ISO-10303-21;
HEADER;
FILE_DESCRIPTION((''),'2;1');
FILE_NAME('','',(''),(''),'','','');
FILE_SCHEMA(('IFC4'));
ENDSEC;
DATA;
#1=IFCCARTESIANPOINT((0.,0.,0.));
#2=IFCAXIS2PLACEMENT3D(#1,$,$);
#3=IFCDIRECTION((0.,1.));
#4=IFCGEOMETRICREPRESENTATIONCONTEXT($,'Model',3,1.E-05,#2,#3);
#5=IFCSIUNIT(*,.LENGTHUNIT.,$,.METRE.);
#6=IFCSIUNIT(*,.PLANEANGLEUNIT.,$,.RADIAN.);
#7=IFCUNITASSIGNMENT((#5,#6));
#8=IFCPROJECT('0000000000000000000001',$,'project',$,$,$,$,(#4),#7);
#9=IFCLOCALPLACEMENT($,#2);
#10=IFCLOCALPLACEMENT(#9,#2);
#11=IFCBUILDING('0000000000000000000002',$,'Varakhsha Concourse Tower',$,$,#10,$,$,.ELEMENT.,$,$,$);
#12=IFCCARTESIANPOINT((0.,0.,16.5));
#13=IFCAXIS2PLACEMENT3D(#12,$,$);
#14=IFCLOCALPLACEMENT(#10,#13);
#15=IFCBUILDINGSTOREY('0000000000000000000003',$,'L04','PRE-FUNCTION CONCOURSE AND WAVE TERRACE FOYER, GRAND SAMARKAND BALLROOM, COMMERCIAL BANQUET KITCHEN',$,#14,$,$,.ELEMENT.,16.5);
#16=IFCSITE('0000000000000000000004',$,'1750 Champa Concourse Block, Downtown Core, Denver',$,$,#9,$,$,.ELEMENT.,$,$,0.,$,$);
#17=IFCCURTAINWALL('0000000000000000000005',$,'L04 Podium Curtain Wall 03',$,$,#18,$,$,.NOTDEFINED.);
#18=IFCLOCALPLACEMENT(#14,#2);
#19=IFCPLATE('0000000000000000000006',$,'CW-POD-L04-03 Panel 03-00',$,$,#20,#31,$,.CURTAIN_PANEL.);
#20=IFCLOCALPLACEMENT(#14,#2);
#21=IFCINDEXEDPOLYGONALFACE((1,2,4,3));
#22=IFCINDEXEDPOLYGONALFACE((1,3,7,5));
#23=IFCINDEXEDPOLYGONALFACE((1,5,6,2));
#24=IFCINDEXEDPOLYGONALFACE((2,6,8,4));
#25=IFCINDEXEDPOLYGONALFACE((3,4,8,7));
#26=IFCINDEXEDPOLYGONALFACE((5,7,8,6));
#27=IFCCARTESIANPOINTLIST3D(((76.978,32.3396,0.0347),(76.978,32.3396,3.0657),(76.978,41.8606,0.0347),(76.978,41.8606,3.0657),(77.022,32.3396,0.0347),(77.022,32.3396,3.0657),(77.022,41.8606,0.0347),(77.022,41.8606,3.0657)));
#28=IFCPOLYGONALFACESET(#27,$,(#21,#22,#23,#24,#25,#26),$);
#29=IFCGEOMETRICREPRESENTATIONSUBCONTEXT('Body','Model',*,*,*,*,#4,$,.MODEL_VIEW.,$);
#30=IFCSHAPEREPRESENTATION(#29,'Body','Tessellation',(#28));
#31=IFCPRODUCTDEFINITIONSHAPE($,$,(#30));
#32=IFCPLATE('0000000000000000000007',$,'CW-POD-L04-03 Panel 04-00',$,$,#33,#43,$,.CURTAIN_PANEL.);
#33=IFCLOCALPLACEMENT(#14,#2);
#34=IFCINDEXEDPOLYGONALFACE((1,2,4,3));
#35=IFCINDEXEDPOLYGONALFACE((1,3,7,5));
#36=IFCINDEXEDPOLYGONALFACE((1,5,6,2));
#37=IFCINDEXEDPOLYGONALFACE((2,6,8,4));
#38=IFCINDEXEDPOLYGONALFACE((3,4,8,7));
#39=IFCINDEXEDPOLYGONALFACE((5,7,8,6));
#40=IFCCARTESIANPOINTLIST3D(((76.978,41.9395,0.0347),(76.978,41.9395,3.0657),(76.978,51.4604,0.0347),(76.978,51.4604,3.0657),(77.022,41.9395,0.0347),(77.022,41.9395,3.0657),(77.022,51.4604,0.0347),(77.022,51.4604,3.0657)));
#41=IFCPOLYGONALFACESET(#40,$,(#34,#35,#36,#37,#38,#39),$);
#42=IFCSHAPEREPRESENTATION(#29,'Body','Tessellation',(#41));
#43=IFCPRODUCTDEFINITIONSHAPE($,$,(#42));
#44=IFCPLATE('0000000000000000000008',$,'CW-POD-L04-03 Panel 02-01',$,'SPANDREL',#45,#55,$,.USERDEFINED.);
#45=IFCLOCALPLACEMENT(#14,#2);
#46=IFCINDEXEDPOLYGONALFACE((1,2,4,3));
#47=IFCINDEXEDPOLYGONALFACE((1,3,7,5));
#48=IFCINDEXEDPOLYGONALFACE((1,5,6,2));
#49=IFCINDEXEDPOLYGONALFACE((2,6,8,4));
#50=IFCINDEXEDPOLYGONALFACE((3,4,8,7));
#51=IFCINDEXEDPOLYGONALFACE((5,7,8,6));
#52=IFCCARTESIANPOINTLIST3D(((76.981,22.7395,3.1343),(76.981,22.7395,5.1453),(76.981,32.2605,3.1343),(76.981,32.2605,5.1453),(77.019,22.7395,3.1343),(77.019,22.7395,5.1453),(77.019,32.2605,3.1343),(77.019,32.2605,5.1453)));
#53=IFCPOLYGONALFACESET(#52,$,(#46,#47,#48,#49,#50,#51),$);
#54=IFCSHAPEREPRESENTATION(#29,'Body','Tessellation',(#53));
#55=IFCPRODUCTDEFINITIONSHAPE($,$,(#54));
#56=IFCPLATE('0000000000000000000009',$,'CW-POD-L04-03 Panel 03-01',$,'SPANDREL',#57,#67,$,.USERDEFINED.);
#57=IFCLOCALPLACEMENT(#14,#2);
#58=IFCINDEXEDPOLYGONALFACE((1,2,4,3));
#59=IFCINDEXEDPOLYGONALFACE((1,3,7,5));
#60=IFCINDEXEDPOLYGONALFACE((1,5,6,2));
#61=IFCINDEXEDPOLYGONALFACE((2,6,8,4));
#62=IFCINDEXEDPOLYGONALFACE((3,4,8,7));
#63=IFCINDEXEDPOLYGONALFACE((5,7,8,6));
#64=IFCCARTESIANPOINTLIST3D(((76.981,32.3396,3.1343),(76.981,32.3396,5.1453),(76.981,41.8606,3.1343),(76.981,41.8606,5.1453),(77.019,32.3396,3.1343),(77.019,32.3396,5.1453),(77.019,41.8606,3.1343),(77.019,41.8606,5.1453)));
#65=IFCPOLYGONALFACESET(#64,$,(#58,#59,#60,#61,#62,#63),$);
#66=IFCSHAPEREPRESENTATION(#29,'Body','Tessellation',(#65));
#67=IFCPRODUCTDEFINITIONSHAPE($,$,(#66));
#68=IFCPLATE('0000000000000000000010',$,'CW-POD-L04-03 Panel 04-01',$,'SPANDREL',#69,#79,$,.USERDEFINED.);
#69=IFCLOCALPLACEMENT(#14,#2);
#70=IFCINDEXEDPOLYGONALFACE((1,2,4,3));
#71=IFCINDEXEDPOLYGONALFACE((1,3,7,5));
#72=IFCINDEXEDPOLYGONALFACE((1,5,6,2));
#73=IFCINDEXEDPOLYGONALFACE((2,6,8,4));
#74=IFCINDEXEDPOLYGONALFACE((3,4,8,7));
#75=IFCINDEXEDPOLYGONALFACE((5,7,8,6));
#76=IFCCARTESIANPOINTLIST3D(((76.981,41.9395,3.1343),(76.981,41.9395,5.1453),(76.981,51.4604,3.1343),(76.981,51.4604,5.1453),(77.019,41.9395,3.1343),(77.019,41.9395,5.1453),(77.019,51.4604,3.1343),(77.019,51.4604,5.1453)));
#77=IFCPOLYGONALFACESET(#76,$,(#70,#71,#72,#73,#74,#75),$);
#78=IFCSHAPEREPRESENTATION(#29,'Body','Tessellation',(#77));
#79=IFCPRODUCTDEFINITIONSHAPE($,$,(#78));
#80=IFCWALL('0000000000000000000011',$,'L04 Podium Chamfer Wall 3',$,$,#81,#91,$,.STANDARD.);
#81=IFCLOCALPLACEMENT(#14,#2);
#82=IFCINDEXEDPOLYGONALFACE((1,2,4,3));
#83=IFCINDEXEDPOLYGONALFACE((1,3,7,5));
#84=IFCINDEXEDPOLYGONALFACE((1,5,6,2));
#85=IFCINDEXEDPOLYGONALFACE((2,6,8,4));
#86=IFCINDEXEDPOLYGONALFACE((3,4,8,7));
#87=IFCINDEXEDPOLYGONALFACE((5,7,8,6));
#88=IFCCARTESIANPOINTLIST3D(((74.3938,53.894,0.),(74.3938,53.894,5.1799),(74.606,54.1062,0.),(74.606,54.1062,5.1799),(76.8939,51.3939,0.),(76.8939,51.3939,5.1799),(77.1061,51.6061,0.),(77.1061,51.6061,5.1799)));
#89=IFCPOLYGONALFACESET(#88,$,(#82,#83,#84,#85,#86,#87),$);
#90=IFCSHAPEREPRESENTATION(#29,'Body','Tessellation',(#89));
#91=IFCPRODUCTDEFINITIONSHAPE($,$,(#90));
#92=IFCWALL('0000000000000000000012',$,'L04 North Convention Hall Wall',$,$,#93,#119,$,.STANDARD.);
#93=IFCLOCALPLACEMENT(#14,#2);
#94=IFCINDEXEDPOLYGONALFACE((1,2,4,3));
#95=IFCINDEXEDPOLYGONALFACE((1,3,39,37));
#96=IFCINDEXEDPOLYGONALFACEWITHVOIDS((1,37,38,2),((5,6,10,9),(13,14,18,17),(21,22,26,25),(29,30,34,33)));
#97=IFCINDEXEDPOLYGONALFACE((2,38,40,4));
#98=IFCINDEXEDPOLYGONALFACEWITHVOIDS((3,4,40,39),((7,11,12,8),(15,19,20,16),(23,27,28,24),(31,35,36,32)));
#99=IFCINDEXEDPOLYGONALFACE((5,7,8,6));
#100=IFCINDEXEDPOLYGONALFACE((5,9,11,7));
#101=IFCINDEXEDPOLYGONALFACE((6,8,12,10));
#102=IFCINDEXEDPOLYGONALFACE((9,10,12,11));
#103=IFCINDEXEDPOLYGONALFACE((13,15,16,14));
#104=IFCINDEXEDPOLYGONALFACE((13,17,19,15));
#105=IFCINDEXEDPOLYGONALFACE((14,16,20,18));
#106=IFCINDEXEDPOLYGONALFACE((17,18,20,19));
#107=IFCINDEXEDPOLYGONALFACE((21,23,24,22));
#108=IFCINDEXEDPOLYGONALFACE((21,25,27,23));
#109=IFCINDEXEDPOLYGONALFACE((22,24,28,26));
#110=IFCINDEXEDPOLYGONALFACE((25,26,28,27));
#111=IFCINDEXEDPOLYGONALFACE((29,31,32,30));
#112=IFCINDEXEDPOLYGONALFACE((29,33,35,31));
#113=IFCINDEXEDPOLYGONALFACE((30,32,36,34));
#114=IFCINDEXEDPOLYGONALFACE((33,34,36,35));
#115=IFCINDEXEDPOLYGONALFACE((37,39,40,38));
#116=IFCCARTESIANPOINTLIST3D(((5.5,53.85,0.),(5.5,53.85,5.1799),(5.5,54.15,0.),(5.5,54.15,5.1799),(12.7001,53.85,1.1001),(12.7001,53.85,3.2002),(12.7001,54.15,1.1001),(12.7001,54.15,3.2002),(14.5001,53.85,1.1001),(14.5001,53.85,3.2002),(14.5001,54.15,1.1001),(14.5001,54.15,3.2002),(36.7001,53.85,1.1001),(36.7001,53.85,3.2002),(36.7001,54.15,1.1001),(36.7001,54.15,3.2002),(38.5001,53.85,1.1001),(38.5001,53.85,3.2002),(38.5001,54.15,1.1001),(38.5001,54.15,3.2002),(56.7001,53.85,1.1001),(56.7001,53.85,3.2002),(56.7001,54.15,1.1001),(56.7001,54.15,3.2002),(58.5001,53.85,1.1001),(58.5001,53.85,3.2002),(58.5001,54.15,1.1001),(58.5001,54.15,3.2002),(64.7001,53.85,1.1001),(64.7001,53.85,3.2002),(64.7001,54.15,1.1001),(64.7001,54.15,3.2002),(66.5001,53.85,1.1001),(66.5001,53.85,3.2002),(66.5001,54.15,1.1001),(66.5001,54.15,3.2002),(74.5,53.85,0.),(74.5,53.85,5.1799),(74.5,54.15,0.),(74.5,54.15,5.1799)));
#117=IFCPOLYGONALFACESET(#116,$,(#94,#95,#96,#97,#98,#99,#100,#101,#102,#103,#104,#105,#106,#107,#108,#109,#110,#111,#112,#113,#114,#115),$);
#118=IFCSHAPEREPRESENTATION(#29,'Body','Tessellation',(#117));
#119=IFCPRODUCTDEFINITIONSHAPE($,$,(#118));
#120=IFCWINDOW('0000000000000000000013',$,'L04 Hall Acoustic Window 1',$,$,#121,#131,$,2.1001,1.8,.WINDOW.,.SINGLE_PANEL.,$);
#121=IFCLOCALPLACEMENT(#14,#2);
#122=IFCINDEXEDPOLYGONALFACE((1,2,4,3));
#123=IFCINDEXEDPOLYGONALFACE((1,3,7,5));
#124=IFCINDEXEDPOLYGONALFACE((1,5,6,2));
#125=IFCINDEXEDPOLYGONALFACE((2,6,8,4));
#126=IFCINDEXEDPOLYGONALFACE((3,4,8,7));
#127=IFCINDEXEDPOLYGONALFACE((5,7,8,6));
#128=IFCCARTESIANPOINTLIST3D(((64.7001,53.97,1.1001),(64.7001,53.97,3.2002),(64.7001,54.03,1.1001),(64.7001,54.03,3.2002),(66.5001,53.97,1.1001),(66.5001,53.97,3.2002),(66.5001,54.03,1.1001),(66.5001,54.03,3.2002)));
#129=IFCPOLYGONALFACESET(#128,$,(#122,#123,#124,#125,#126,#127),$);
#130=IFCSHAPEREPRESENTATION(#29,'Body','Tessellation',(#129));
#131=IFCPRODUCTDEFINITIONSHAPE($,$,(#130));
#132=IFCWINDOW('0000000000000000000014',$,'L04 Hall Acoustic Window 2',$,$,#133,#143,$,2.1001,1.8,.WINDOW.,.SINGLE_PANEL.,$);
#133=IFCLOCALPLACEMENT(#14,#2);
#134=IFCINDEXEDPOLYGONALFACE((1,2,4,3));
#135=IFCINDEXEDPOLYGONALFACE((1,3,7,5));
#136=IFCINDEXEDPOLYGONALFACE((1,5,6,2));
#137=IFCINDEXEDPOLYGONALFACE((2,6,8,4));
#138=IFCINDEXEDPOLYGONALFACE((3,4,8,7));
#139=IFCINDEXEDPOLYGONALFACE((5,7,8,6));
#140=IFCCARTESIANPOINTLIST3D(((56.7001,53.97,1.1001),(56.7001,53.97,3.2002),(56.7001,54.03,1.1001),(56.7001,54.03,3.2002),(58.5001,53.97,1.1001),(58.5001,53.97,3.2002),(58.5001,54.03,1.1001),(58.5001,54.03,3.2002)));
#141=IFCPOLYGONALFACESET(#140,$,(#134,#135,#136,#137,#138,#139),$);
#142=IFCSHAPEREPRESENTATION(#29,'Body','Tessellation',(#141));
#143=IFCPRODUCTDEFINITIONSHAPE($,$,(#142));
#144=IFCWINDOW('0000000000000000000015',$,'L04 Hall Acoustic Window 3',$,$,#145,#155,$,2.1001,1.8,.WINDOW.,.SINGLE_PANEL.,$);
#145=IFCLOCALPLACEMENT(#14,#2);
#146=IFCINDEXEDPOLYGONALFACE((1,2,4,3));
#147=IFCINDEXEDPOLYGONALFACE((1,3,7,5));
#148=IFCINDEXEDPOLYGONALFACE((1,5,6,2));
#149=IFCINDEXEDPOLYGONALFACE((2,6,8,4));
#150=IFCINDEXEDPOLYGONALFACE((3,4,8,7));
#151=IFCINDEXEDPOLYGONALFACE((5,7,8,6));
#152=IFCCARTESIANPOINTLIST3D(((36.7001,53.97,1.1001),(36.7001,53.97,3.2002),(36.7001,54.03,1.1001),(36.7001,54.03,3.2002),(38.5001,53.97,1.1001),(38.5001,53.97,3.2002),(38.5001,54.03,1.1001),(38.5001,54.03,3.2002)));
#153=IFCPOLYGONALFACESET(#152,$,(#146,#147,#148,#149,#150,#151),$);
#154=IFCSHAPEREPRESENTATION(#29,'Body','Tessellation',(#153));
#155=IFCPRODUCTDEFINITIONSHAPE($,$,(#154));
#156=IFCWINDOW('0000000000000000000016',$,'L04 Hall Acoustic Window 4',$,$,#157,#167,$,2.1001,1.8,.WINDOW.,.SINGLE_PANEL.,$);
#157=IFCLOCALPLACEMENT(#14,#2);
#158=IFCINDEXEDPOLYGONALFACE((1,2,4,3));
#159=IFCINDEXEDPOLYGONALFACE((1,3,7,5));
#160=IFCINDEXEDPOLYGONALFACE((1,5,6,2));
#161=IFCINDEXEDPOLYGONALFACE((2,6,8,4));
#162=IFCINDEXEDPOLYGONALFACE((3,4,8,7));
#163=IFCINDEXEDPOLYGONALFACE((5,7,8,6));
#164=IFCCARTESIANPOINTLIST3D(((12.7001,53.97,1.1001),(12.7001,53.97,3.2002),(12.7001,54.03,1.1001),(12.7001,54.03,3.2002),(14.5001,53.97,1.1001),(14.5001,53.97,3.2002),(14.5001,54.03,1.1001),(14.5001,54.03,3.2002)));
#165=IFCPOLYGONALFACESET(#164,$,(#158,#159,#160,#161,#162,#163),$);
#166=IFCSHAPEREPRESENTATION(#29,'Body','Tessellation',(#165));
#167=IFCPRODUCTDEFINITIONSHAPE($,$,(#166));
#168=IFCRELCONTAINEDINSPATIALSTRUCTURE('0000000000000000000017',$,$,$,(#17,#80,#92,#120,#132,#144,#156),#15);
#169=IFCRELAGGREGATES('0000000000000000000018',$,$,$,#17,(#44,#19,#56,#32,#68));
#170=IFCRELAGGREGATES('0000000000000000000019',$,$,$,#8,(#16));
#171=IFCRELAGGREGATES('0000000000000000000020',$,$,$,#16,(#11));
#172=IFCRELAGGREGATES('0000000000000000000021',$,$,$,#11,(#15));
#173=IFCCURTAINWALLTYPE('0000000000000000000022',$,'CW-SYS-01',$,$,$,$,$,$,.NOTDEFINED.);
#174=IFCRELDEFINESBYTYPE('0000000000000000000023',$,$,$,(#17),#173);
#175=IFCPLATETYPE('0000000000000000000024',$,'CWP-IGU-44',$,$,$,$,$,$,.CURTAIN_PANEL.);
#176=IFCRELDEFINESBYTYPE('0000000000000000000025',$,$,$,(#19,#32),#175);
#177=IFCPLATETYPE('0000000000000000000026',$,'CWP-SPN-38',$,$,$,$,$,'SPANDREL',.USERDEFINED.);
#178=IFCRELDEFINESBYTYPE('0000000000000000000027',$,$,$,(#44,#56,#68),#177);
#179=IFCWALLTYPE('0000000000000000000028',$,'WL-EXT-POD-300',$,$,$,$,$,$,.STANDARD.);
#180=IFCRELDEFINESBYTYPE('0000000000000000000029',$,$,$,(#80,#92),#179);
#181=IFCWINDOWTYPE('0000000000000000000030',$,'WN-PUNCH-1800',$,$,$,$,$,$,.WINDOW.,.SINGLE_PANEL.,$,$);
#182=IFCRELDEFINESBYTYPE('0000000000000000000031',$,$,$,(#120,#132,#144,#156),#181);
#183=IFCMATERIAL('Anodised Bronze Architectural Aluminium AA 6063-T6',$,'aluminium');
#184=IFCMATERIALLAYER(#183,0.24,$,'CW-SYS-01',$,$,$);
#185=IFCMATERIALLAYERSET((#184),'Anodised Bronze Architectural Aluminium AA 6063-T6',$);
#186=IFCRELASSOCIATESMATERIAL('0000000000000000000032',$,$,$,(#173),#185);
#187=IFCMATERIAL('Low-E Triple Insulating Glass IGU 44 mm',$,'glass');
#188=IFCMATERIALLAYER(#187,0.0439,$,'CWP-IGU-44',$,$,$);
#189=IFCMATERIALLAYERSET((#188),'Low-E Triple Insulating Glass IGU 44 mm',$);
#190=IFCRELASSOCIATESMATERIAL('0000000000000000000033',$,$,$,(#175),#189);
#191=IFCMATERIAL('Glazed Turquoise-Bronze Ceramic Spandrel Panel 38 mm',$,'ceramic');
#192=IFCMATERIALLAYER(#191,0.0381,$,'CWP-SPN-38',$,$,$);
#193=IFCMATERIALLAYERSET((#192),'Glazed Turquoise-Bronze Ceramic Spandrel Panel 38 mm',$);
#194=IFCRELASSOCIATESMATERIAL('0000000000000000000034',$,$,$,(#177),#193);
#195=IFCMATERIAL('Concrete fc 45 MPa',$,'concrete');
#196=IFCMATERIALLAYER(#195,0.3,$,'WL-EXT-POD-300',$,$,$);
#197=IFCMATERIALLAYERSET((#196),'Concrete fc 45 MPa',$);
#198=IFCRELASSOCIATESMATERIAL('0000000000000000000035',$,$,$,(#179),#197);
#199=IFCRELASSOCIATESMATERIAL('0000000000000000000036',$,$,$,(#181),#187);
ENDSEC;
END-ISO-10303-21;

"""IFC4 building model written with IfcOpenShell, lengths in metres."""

from ifc_helpers import new_model, si_unit, direction, frame, frame_2d, origin, origin_2d, place, context, subcontext, project, spatial, rectangle, extrude, source, transform, mapped, material, layer, layer_set, type_object, type_shapes, element, fill, aggregate, save


model = new_model("IFC4")

# Units and contexts
model_context = context("Model", 3, precision=1e-05, world=origin(), true_north=direction((0.0, 1.0)))
body_context = subcontext(model_context, "Body", "Model", "MODEL_VIEW")
ifc_project = project(units=[si_unit("LENGTHUNIT", "METRE"), si_unit("PLANEANGLEUNIT", "RADIAN")], contexts=[model_context])

# Site, building, storey
site_placement = place(None, origin())
site = spatial("IfcSite", under=ifc_project, at=site_placement, Name="1750 Champa Concourse Block, Downtown Core, Denver", CompositionType="ELEMENT", RefElevation=0.0)
building_placement = place(site_placement, origin())
building = spatial("IfcBuilding", under=site, at=building_placement, Name="Varakhsha Concourse Tower", CompositionType="ELEMENT")
storey_placement = place(building_placement, frame((0.0, 0.0, 16.5)))
storey = spatial("IfcBuildingStorey", under=building, at=storey_placement, Name="L04", Description="PRE-FUNCTION CONCOURSE AND WAVE TERRACE FOYER, GRAND SAMARKAND BALLROOM, COMMERCIAL BANQUET KITCHEN", CompositionType="ELEMENT", Elevation=16.5)

# Curtain wall, plates
ifc_material_1 = material(Name="Anodised Bronze Architectural Aluminium AA 6063-T6", Category="aluminium")
ifc_layer_1 = layer(ifc_material_1, 0.24, Name="CW-SYS-01")
ifc_layer_set_1 = layer_set([ifc_layer_1], Name="Anodised Bronze Architectural Aluminium AA 6063-T6")
curtain_wall_type = type_object("IfcCurtainWallType", Name="CW-SYS-01", PredefinedType="NOTDEFINED", material=ifc_layer_set_1)
curtain_wall_placement = place(storey_placement, origin())
curtain_wall = element("IfcCurtainWall", 1, at=curtain_wall_placement, inside=storey, type_object=curtain_wall_type, Name="L04 Podium Curtain Wall 03", PredefinedType="NOTDEFINED")
ifc_material_2 = material(Name="Low-E Triple Insulating Glass IGU 44 mm", Category="glass")
ifc_layer_2 = layer(ifc_material_2, 0.0439, Name="CWP-IGU-44")
ifc_layer_set_2 = layer_set([ifc_layer_2], Name="Low-E Triple Insulating Glass IGU 44 mm")
plate_type_1 = type_object("IfcPlateType", Name="CWP-IGU-44", PredefinedType="CURTAIN_PANEL", material=ifc_layer_set_2)
shared_shape_1 = source(origin(), body_context, "Body", "SweptSolid", [
    extrude(rectangle(XDim=9.521, YDim=0.0439, at=origin_2d()), origin(), (0.0, 0.0, 1.0), 3.031),
])
type_shapes(plate_type_1, [shared_shape_1])
plate_1_placement = place(storey_placement, frame((77.0, 37.1001, 0.0347), z_axis=(0.0, 0.0, 1.0), x_axis=(0.0, 1.0, 0.0)))
plate_1 = element("IfcPlate", 2, at=plate_1_placement, type_object=plate_type_1, Name="CW-POD-L04-03 Panel 03-00", PredefinedType="CURTAIN_PANEL", context=body_context, shape_type="MappedRepresentation", body=[
    mapped(shared_shape_1, transform((0.0, 0.0, 0.0), scale=1.0)),
])
plate_2_placement = place(storey_placement, frame((77.0, 46.7, 0.0347), z_axis=(0.0, 0.0, 1.0), x_axis=(0.0, 1.0, 0.0)))
plate_2 = element("IfcPlate", 3, at=plate_2_placement, type_object=plate_type_1, Name="CW-POD-L04-03 Panel 04-00", PredefinedType="CURTAIN_PANEL", context=body_context, shape_type="MappedRepresentation", body=[
    mapped(shared_shape_1, transform((0.0, 0.0, 0.0), scale=1.0)),
])
ifc_material_3 = material(Name="Glazed Turquoise-Bronze Ceramic Spandrel Panel 38 mm", Category="ceramic")
ifc_layer_3 = layer(ifc_material_3, 0.0381, Name="CWP-SPN-38")
ifc_layer_set_3 = layer_set([ifc_layer_3], Name="Glazed Turquoise-Bronze Ceramic Spandrel Panel 38 mm")
plate_type_2 = type_object("IfcPlateType", Name="CWP-SPN-38", ElementType="SPANDREL", PredefinedType="USERDEFINED", material=ifc_layer_set_3)
shared_shape_2 = source(origin(), body_context, "Body", "SweptSolid", [
    extrude(rectangle(XDim=9.521, YDim=0.0381, at=origin_2d()), origin(), (0.0, 0.0, 1.0), 2.011),
])
type_shapes(plate_type_2, [shared_shape_2])
plate_3_placement = place(storey_placement, frame((77.0, 27.5, 3.1343), z_axis=(0.0, 0.0, 1.0), x_axis=(0.0, 1.0, 0.0)))
plate_3 = element("IfcPlate", 4, at=plate_3_placement, type_object=plate_type_2, Name="CW-POD-L04-03 Panel 02-01", ObjectType="SPANDREL", PredefinedType="USERDEFINED", context=body_context, shape_type="MappedRepresentation", body=[
    mapped(shared_shape_2, transform((0.0, 0.0, 0.0), scale=1.0)),
])
plate_4_placement = place(storey_placement, frame((77.0, 37.1001, 3.1343), z_axis=(0.0, 0.0, 1.0), x_axis=(0.0, 1.0, 0.0)))
plate_4 = element("IfcPlate", 5, at=plate_4_placement, type_object=plate_type_2, Name="CW-POD-L04-03 Panel 03-01", ObjectType="SPANDREL", PredefinedType="USERDEFINED", context=body_context, shape_type="MappedRepresentation", body=[
    mapped(shared_shape_2, transform((0.0, 0.0, 0.0), scale=1.0)),
])
plate_5_placement = place(storey_placement, frame((77.0, 46.7, 3.1343), z_axis=(0.0, 0.0, 1.0), x_axis=(0.0, 1.0, 0.0)))
plate_5 = element("IfcPlate", 6, at=plate_5_placement, type_object=plate_type_2, Name="CW-POD-L04-03 Panel 04-01", ObjectType="SPANDREL", PredefinedType="USERDEFINED", context=body_context, shape_type="MappedRepresentation", body=[
    mapped(shared_shape_2, transform((0.0, 0.0, 0.0), scale=1.0)),
])
aggregate(curtain_wall, [plate_3, plate_1, plate_4, plate_2, plate_5])

# Wall
ifc_material_4 = material(Name="Concrete fc 45 MPa", Category="concrete")
ifc_layer_4 = layer(ifc_material_4, 0.3, Name="WL-EXT-POD-300")
ifc_layer_set_4 = layer_set([ifc_layer_4], Name="Concrete fc 45 MPa")
wall_type_1 = type_object("IfcWallType", Name="WL-EXT-POD-300", PredefinedType="STANDARD", material=ifc_layer_set_4)
wall_1_placement = place(storey_placement, frame((77.0, 51.5, 0.0), z_axis=(0.0, 0.0, 1.0), x_axis=(-0.707107, 0.707107, 0.0)))
element("IfcWall", 7, at=wall_1_placement, inside=storey, type_object=wall_type_1, Name="L04 Podium Chamfer Wall 3", PredefinedType="STANDARD", context=body_context, shape_type="SweptSolid", body=[
    extrude(rectangle(XDim=3.5356, YDim=0.3, at=frame_2d((1.7678, 0.0))), origin(), (0.0, 0.0, 1.0), 5.1799),
])

# Wall, openings, windows
wall_2_placement = place(storey_placement, frame((74.5, 54.0, 0.0), z_axis=(0.0, 0.0, 1.0), x_axis=(-1.0, 0.0, 0.0)))
wall_2 = element("IfcWall", 8, at=wall_2_placement, inside=storey, type_object=wall_type_1, Name="L04 North Convention Hall Wall", PredefinedType="STANDARD", context=body_context, shape_type="SweptSolid", body=[
    extrude(rectangle(XDim=69.0, YDim=0.3, at=frame_2d((34.5, 0.0))), origin(), (0.0, 0.0, 1.0), 5.1799),
])
opening_1_placement = place(wall_2_placement, frame((8.0, 0.0, 1.1001)))
opening_1 = element("IfcOpeningElement", 9, at=opening_1_placement, cuts=wall_2, PredefinedType="OPENING", context=body_context, shape_type="SweptSolid", body=[
    extrude(rectangle(XDim=1.8, YDim=2.1001, at=frame_2d((0.8999, 1.05))), frame((0.0, 0.1599, 0.0), z_axis=(0.0, -1.0, 0.0), x_axis=(1.0, 0.0, 0.0)), (0.0, 0.0, 1.0), 0.3201),
])
opening_2_placement = place(wall_2_placement, frame((16.0, 0.0, 1.1001)))
opening_2 = element("IfcOpeningElement", 10, at=opening_2_placement, cuts=wall_2, PredefinedType="OPENING", context=body_context, shape_type="SweptSolid", body=[
    extrude(rectangle(XDim=1.8, YDim=2.1001, at=frame_2d((0.8999, 1.05))), frame((0.0, 0.1599, 0.0), z_axis=(0.0, -1.0, 0.0), x_axis=(1.0, 0.0, 0.0)), (0.0, 0.0, 1.0), 0.3201),
])
opening_3_placement = place(wall_2_placement, frame((36.0, 0.0, 1.1001)))
opening_3 = element("IfcOpeningElement", 11, at=opening_3_placement, cuts=wall_2, PredefinedType="OPENING", context=body_context, shape_type="SweptSolid", body=[
    extrude(rectangle(XDim=1.8, YDim=2.1001, at=frame_2d((0.8999, 1.05))), frame((0.0, 0.1599, 0.0), z_axis=(0.0, -1.0, 0.0), x_axis=(1.0, 0.0, 0.0)), (0.0, 0.0, 1.0), 0.3201),
])
opening_4_placement = place(wall_2_placement, frame((60.0, 0.0, 1.1001)))
opening_4 = element("IfcOpeningElement", 12, at=opening_4_placement, cuts=wall_2, PredefinedType="OPENING", context=body_context, shape_type="SweptSolid", body=[
    extrude(rectangle(XDim=1.8, YDim=2.1001, at=frame_2d((0.8999, 1.05))), frame((0.0, 0.1599, 0.0), z_axis=(0.0, -1.0, 0.0), x_axis=(1.0, 0.0, 0.0)), (0.0, 0.0, 1.0), 0.3201),
])
window_type = type_object("IfcWindowType", Name="WN-PUNCH-1800", PartitioningType="SINGLE_PANEL", PredefinedType="WINDOW", material=ifc_material_2)
window_1_placement = place(opening_1_placement, origin())
window_1 = element("IfcWindow", 13, at=window_1_placement, inside=storey, type_object=window_type, Name="L04 Hall Acoustic Window 1", OverallHeight=2.1001, OverallWidth=1.8, PartitioningType="SINGLE_PANEL", PredefinedType="WINDOW", context=body_context, shape_type="SweptSolid", body=[
    extrude(rectangle(XDim=1.8, YDim=2.1001, at=frame_2d((0.8999, 1.05))), frame((0.0, 0.03, 0.0), z_axis=(0.0, -1.0, 0.0), x_axis=(1.0, 0.0, 0.0)), (0.0, 0.0, 1.0), 0.0601),
])
fill(opening_1, window_1)
window_2_placement = place(opening_2_placement, origin())
window_2 = element("IfcWindow", 14, at=window_2_placement, inside=storey, type_object=window_type, Name="L04 Hall Acoustic Window 2", OverallHeight=2.1001, OverallWidth=1.8, PartitioningType="SINGLE_PANEL", PredefinedType="WINDOW", context=body_context, shape_type="SweptSolid", body=[
    extrude(rectangle(XDim=1.8, YDim=2.1001, at=frame_2d((0.8999, 1.05))), frame((0.0, 0.03, 0.0), z_axis=(0.0, -1.0, 0.0), x_axis=(1.0, 0.0, 0.0)), (0.0, 0.0, 1.0), 0.0601),
])
fill(opening_2, window_2)
window_3_placement = place(opening_3_placement, origin())
window_3 = element("IfcWindow", 15, at=window_3_placement, inside=storey, type_object=window_type, Name="L04 Hall Acoustic Window 3", OverallHeight=2.1001, OverallWidth=1.8, PartitioningType="SINGLE_PANEL", PredefinedType="WINDOW", context=body_context, shape_type="SweptSolid", body=[
    extrude(rectangle(XDim=1.8, YDim=2.1001, at=frame_2d((0.8999, 1.05))), frame((0.0, 0.03, 0.0), z_axis=(0.0, -1.0, 0.0), x_axis=(1.0, 0.0, 0.0)), (0.0, 0.0, 1.0), 0.0601),
])
fill(opening_3, window_3)
window_4_placement = place(opening_4_placement, origin())
window_4 = element("IfcWindow", 16, at=window_4_placement, inside=storey, type_object=window_type, Name="L04 Hall Acoustic Window 4", OverallHeight=2.1001, OverallWidth=1.8, PartitioningType="SINGLE_PANEL", PredefinedType="WINDOW", context=body_context, shape_type="SweptSolid", body=[
    extrude(rectangle(XDim=1.8, YDim=2.1001, at=frame_2d((0.8999, 1.05))), frame((0.0, 0.03, 0.0), z_axis=(0.0, -1.0, 0.0), x_axis=(1.0, 0.0, 0.0)), (0.0, 0.0, 1.0), 0.0601),
])
fill(opening_4, window_4)

save(model, "model.ifc")
